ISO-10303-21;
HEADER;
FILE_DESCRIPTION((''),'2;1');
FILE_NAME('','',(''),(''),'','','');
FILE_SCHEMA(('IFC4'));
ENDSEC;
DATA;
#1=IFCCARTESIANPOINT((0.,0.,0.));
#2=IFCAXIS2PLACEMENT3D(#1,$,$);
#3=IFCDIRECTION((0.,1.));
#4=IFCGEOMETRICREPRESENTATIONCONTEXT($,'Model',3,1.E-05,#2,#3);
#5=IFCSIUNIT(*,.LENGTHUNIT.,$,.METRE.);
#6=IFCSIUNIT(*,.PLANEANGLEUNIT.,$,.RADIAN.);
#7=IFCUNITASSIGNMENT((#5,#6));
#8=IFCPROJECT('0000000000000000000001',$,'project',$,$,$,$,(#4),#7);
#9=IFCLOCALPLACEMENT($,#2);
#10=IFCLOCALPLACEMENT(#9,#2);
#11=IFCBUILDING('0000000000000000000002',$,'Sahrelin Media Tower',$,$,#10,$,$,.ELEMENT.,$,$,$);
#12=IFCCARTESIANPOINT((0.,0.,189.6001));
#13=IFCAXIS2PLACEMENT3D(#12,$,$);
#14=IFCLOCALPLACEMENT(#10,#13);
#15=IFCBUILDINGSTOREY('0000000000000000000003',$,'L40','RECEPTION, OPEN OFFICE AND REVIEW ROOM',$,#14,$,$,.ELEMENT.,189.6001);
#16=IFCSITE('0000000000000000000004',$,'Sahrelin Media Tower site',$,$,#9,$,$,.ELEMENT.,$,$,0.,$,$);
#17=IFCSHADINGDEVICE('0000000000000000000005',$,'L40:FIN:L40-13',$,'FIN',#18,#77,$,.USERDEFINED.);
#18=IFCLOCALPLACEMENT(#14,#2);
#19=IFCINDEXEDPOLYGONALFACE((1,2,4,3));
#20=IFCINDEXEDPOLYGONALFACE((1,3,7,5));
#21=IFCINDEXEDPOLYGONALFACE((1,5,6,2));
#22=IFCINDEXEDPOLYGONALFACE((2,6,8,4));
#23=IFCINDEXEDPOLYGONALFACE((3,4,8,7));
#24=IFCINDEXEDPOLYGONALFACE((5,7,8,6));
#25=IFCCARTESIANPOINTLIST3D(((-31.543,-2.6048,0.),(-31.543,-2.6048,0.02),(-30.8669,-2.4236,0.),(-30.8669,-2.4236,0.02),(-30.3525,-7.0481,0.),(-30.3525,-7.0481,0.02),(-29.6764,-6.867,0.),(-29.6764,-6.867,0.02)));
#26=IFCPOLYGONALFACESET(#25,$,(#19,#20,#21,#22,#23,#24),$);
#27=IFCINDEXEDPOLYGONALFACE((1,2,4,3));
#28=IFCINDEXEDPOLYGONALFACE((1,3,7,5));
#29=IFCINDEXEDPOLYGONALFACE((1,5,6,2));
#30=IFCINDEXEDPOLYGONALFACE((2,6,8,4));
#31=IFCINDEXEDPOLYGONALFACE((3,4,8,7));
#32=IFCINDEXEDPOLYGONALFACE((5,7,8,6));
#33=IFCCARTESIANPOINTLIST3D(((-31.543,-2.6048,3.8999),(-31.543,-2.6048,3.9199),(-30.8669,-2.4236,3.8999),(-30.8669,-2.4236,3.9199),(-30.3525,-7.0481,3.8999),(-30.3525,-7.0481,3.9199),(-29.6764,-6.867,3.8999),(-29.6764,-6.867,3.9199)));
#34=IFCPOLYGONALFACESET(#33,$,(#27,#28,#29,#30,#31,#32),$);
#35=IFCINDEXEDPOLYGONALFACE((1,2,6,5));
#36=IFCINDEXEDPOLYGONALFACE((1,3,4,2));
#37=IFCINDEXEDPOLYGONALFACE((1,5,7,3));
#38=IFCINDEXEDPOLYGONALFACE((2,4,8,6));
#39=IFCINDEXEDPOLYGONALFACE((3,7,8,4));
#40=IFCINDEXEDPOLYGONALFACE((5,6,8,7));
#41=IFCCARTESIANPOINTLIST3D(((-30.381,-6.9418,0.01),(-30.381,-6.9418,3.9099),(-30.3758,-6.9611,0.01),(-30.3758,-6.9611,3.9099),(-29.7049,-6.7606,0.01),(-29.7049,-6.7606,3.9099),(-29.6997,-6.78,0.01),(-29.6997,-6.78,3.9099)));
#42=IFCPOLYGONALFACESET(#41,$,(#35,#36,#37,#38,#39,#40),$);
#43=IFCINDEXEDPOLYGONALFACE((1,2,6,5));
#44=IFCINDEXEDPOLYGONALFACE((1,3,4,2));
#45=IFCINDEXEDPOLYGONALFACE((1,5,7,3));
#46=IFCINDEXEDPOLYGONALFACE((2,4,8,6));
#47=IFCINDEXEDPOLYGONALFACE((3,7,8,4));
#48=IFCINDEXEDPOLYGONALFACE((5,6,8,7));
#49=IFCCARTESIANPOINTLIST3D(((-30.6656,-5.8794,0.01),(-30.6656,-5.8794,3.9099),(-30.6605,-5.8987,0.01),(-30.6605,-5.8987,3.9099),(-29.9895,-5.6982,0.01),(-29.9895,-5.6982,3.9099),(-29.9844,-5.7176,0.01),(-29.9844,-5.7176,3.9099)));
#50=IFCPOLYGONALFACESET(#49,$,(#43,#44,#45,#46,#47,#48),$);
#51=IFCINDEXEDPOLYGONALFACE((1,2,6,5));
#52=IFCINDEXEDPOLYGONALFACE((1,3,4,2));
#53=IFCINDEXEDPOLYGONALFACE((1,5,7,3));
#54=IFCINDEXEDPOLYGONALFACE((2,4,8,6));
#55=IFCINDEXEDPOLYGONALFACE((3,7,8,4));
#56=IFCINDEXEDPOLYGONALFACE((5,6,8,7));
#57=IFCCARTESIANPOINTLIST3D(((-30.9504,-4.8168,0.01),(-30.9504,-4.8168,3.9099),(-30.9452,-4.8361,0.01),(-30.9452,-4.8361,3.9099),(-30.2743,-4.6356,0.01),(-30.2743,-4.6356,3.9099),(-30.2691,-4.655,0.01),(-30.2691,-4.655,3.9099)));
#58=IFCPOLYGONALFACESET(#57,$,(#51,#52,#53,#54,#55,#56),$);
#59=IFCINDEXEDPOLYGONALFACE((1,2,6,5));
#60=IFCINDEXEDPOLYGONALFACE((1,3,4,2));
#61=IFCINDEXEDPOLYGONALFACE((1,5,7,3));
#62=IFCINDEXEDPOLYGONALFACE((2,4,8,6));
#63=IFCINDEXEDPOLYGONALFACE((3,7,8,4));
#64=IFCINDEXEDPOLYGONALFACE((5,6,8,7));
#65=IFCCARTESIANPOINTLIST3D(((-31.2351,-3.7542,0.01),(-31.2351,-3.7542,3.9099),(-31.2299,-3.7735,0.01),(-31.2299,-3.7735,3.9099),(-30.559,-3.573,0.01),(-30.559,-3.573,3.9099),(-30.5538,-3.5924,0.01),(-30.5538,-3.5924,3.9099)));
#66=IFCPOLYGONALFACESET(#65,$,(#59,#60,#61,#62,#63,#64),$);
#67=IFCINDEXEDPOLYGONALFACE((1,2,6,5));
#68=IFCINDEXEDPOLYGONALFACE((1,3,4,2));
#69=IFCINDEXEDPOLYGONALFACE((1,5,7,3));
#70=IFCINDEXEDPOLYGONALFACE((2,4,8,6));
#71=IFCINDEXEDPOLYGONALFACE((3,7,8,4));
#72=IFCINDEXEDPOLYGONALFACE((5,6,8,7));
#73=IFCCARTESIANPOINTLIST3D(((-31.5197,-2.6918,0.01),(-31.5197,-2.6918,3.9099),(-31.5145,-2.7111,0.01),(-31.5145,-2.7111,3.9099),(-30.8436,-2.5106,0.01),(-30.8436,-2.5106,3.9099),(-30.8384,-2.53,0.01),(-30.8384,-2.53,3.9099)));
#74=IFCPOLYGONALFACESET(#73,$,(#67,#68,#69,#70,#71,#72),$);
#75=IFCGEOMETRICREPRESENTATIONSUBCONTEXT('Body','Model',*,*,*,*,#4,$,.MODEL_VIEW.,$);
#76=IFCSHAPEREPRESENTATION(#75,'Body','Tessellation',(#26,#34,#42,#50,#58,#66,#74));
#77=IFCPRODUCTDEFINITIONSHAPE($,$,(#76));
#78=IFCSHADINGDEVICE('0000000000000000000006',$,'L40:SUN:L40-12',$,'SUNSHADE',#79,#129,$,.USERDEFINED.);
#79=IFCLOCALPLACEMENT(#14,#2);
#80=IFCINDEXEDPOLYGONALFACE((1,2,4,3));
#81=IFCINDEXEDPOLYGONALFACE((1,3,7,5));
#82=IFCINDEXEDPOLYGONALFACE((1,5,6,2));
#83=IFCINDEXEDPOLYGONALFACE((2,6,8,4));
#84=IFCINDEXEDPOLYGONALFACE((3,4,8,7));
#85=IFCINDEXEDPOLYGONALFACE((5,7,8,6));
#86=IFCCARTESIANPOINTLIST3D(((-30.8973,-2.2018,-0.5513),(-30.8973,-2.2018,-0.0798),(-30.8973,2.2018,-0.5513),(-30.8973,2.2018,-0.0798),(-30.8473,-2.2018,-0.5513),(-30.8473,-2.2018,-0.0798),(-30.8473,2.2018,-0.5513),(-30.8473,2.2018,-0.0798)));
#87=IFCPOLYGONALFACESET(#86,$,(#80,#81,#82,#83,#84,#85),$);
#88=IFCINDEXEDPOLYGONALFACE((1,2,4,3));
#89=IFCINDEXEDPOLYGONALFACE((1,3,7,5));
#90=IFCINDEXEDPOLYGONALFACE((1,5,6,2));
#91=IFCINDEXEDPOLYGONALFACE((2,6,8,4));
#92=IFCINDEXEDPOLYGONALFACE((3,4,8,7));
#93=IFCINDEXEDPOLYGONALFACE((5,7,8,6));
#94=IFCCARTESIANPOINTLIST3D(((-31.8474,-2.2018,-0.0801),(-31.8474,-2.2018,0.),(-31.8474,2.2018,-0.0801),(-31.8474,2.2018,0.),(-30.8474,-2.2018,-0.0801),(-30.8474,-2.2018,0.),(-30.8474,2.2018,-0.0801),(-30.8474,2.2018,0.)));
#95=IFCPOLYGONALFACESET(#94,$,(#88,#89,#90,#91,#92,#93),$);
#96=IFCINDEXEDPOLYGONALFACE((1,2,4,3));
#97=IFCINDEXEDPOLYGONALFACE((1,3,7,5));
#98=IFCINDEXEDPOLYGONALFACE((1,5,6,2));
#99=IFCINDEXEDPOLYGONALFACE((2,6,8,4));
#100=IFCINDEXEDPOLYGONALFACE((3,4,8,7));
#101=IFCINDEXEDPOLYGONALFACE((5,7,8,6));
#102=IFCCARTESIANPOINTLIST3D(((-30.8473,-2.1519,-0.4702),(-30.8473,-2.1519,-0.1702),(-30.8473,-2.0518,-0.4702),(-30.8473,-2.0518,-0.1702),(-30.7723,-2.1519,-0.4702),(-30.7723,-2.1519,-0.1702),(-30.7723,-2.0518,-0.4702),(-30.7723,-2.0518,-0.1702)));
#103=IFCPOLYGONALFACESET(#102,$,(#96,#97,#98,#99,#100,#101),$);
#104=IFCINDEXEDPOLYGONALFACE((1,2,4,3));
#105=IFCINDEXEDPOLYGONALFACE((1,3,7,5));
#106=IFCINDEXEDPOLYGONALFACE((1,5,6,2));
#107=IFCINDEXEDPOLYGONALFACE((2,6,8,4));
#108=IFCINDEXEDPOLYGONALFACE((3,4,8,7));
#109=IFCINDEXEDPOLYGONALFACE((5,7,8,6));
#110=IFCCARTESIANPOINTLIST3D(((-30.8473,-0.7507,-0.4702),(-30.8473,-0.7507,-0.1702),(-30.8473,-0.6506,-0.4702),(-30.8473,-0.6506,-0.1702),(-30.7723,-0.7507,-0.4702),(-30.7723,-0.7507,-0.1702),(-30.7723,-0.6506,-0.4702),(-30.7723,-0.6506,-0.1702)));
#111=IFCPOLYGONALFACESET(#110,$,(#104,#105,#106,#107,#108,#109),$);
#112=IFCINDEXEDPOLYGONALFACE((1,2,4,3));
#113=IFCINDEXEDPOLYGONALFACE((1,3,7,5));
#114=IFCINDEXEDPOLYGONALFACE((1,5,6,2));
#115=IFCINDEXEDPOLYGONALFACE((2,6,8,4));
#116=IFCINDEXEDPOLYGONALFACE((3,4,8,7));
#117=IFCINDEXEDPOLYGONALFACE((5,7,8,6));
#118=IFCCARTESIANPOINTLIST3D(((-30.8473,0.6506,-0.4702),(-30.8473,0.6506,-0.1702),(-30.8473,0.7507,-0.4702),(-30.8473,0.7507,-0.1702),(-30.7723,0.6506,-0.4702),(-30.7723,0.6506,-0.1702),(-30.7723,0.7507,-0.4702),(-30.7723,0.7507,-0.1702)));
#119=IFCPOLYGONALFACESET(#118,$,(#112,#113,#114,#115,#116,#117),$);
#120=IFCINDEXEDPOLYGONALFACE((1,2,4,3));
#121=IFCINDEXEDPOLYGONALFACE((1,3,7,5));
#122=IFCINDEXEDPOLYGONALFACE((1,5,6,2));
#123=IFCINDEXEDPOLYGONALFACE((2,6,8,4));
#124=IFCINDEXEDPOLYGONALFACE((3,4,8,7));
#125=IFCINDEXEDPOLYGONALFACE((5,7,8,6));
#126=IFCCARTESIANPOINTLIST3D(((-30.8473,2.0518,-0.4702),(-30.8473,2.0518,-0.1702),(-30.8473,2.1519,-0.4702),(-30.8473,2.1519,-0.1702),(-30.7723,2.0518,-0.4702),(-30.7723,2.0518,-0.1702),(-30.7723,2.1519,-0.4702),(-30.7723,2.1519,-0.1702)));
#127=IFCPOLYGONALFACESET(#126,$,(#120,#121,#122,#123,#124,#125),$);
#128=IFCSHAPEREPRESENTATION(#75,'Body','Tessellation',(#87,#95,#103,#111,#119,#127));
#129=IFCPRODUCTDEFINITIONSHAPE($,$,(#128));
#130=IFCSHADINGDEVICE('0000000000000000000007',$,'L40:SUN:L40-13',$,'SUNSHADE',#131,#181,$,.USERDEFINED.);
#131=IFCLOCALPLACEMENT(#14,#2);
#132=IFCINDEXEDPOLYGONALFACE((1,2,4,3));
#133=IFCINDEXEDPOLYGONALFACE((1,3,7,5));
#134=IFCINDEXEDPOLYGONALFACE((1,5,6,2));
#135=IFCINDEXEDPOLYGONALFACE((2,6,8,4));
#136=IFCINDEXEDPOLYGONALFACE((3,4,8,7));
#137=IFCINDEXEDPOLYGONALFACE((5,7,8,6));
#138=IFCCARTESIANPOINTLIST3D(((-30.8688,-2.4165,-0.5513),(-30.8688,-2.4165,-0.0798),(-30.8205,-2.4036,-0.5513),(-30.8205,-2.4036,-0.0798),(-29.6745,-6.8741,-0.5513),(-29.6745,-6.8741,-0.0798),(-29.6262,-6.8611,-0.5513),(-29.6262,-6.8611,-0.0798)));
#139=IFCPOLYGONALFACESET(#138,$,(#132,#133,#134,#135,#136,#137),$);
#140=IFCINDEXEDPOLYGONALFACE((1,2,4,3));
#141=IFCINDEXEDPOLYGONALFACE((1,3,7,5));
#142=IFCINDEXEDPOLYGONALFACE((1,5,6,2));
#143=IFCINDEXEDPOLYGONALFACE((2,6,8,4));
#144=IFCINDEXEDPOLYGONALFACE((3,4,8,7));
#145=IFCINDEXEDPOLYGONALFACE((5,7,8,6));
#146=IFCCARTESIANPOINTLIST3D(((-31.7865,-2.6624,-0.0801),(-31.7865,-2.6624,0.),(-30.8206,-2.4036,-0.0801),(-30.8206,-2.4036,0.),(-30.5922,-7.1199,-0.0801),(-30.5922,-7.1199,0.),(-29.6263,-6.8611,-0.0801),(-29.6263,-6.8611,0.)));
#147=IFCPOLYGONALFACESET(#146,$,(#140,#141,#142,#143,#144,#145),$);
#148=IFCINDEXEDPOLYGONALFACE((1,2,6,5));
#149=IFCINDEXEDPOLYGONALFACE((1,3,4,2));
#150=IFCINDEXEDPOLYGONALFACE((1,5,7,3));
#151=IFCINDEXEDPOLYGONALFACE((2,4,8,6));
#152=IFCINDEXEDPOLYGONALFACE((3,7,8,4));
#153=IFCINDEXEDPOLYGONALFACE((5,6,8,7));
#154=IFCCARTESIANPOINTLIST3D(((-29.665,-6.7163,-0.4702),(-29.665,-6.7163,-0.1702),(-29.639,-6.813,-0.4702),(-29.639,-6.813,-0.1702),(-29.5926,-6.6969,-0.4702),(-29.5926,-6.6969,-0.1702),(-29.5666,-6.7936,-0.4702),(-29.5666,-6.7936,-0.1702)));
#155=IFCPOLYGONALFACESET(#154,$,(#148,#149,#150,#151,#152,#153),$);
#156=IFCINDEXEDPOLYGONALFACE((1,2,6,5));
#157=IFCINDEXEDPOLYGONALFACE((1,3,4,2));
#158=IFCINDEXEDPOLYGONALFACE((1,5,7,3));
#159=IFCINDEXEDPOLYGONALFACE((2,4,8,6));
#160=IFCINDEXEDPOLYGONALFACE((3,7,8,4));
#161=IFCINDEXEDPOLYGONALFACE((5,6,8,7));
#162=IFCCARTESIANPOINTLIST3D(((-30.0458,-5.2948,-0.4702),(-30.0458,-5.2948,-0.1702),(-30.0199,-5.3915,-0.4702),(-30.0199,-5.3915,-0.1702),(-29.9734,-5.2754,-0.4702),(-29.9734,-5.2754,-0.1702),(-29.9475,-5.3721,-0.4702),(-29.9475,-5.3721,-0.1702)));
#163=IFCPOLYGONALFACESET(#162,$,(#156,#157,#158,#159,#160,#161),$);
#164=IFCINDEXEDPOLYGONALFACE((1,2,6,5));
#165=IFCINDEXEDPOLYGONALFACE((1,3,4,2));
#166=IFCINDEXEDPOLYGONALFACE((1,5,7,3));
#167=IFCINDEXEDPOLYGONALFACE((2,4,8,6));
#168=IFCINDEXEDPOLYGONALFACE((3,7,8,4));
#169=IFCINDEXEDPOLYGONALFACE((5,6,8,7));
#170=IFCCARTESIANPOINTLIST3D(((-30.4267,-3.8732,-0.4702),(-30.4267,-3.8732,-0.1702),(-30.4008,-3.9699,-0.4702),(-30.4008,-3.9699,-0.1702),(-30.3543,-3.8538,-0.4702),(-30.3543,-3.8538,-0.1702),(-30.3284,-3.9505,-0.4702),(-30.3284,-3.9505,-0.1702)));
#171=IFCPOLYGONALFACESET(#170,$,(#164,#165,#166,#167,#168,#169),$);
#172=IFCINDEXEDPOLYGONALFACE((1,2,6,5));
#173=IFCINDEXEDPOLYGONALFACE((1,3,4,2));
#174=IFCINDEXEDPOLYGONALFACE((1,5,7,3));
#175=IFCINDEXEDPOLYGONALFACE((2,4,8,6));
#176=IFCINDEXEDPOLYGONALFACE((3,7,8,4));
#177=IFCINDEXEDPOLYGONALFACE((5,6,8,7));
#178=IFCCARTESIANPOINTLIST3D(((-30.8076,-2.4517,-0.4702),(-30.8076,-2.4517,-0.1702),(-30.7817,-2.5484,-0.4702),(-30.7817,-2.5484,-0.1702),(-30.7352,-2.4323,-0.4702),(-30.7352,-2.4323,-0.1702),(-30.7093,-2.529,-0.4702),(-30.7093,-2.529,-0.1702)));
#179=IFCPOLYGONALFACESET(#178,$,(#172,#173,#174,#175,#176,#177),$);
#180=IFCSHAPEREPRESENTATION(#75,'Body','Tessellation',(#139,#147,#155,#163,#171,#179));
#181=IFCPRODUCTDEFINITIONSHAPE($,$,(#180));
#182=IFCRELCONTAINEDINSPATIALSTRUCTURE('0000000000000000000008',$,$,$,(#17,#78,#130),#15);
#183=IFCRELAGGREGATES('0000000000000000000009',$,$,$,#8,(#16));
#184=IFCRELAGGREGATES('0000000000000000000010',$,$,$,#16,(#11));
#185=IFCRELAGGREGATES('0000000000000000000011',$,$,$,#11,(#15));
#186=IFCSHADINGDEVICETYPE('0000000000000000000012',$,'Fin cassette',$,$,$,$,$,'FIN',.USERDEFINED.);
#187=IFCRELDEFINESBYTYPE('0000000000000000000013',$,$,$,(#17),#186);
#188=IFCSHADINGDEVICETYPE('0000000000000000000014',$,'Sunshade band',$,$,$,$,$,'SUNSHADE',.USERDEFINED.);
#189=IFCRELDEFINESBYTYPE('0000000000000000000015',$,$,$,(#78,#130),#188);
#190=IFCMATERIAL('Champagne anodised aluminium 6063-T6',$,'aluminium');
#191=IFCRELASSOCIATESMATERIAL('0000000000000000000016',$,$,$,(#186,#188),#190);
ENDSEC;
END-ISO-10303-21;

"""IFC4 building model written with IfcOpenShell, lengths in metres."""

from ifc_helpers import new_model, si_unit, direction, frame, origin, origin_2d, place, context, subcontext, project, spatial, rectangle, extrude, material, type_object, element, save


model = new_model("IFC4")

# Units and contexts
model_context = context("Model", 3, precision=1e-05, world=origin(), true_north=direction((0.0, 1.0)))
body_context = subcontext(model_context, "Body", "Model", "MODEL_VIEW")
ifc_project = project(units=[si_unit("LENGTHUNIT", "METRE"), si_unit("PLANEANGLEUNIT", "RADIAN")], contexts=[model_context])

# Site, building, storey
site_placement = place(None, origin())
site = spatial("IfcSite", under=ifc_project, at=site_placement, Name="Sahrelin Media Tower site", CompositionType="ELEMENT", RefElevation=0.0)
building_placement = place(site_placement, origin())
building = spatial("IfcBuilding", under=site, at=building_placement, Name="Sahrelin Media Tower", CompositionType="ELEMENT")
storey_placement = place(building_placement, frame((0.0, 0.0, 189.6001)))
storey = spatial("IfcBuildingStorey", under=building, at=storey_placement, Name="L40", Description="RECEPTION, OPEN OFFICE AND REVIEW ROOM", CompositionType="ELEMENT", Elevation=189.6001)

# Shared definitions
ifc_material_1 = material(Name="Champagne anodised aluminium 6063-T6", Category="aluminium")

# Shading devices
shading_device_type_1 = type_object("IfcShadingDeviceType", Name="Fin cassette", ElementType="FIN", PredefinedType="USERDEFINED", material=ifc_material_1)
placement_1 = place(storey_placement, frame((-30.8274, 0.0, 0.0), z_axis=(0.0, 0.0, 1.0), x_axis=(0.0, 1.0, 0.0)))
placement_2 = place(storey_placement, frame((-30.2041, -4.6272, 0.0), z_axis=(0.0, 0.0, 1.0), x_axis=(-0.258808, 0.965929, 0.0)))
element("IfcShadingDevice", 1, at=placement_2, inside=storey, type_object=shading_device_type_1, Name="L40:FIN:L40-13", ObjectType="FIN", PredefinedType="USERDEFINED", context=body_context, shape_type="SweptSolid", body=[
    extrude(rectangle(XDim=4.6001, YDim=0.7, at=origin_2d()), frame((0.0, 0.4199, 0.0)), (0.0, 0.0, 1.0), 0.02),
    extrude(rectangle(XDim=4.6001, YDim=0.7, at=origin_2d()), frame((0.0, 0.4199, 3.8999)), (0.0, 0.0, 1.0), 0.02),
    extrude(rectangle(XDim=0.02, YDim=0.7, at=origin_2d()), frame((-2.2, 0.4199, 0.01), z_axis=(0.0, 0.0, 1.0), x_axis=(1.0, 0.0, 0.0)), (0.0, 0.0, 1.0), 3.8999),
    extrude(rectangle(XDim=0.02, YDim=0.7, at=origin_2d()), frame((-1.1001, 0.4199, 0.01), z_axis=(0.0, 0.0, 1.0), x_axis=(1.0, 0.0, 0.0)), (0.0, 0.0, 1.0), 3.8999),
    extrude(rectangle(XDim=0.02, YDim=0.7, at=origin_2d()), frame((0.0, 0.4199, 0.01), z_axis=(0.0, 0.0, 1.0), x_axis=(1.0, 0.0, 0.0)), (0.0, 0.0, 1.0), 3.8999),
    extrude(rectangle(XDim=0.02, YDim=0.7, at=origin_2d()), frame((1.1001, 0.4199, 0.01), z_axis=(0.0, 0.0, 1.0), x_axis=(1.0, 0.0, 0.0)), (0.0, 0.0, 1.0), 3.8999),
    extrude(rectangle(XDim=0.02, YDim=0.7, at=origin_2d()), frame((2.2, 0.4199, 0.01), z_axis=(0.0, 0.0, 1.0), x_axis=(1.0, 0.0, 0.0)), (0.0, 0.0, 1.0), 3.8999),
])
shading_device_type_2 = type_object("IfcShadingDeviceType", Name="Sunshade band", ElementType="SUNSHADE", PredefinedType="USERDEFINED", material=ifc_material_1)
element("IfcShadingDevice", 2, at=placement_1, inside=storey, type_object=shading_device_type_2, Name="L40:SUN:L40-12", ObjectType="SUNSHADE", PredefinedType="USERDEFINED", context=body_context, shape_type="SweptSolid", body=[
    extrude(rectangle(XDim=4.4036, YDim=0.05, at=origin_2d()), frame((0.0, 0.0449, -0.5513)), (0.0, 0.0, 1.0), 0.4714),
    extrude(rectangle(XDim=4.4036, YDim=1.0, at=origin_2d()), frame((0.0, 0.52, -0.0801)), (0.0, 0.0, 1.0), 0.0801),
    extrude(rectangle(XDim=0.1001, YDim=0.075, at=origin_2d()), frame((-2.1018, -0.0176, -0.4702)), (0.0, 0.0, 1.0), 0.3),
    extrude(rectangle(XDim=0.1001, YDim=0.075, at=origin_2d()), frame((-0.7007, -0.0176, -0.4702)), (0.0, 0.0, 1.0), 0.3),
    extrude(rectangle(XDim=0.1001, YDim=0.075, at=origin_2d()), frame((0.7007, -0.0176, -0.4702)), (0.0, 0.0, 1.0), 0.3),
    extrude(rectangle(XDim=0.1001, YDim=0.075, at=origin_2d()), frame((2.1018, -0.0176, -0.4702)), (0.0, 0.0, 1.0), 0.3),
])
element("IfcShadingDevice", 3, at=placement_2, inside=storey, type_object=shading_device_type_2, Name="L40:SUN:L40-13", ObjectType="SUNSHADE", PredefinedType="USERDEFINED", context=body_context, shape_type="SweptSolid", body=[
    extrude(rectangle(XDim=4.6147, YDim=0.05, at=origin_2d()), frame((0.0, 0.0449, -0.5513)), (0.0, 0.0, 1.0), 0.4714),
    extrude(rectangle(XDim=4.6147, YDim=1.0, at=origin_2d()), frame((0.0, 0.52, -0.0801)), (0.0, 0.0, 1.0), 0.0801),
    extrude(rectangle(XDim=0.1001, YDim=0.075, at=origin_2d()), frame((-2.2075, -0.0176, -0.4702)), (0.0, 0.0, 1.0), 0.3),
    extrude(rectangle(XDim=0.1001, YDim=0.075, at=origin_2d()), frame((-0.7358, -0.0176, -0.4702)), (0.0, 0.0, 1.0), 0.3),
    extrude(rectangle(XDim=0.1001, YDim=0.075, at=origin_2d()), frame((0.7358, -0.0176, -0.4702)), (0.0, 0.0, 1.0), 0.3),
    extrude(rectangle(XDim=0.1001, YDim=0.075, at=origin_2d()), frame((2.2075, -0.0176, -0.4702)), (0.0, 0.0, 1.0), 0.3),
])

save(model, "model.ifc")
